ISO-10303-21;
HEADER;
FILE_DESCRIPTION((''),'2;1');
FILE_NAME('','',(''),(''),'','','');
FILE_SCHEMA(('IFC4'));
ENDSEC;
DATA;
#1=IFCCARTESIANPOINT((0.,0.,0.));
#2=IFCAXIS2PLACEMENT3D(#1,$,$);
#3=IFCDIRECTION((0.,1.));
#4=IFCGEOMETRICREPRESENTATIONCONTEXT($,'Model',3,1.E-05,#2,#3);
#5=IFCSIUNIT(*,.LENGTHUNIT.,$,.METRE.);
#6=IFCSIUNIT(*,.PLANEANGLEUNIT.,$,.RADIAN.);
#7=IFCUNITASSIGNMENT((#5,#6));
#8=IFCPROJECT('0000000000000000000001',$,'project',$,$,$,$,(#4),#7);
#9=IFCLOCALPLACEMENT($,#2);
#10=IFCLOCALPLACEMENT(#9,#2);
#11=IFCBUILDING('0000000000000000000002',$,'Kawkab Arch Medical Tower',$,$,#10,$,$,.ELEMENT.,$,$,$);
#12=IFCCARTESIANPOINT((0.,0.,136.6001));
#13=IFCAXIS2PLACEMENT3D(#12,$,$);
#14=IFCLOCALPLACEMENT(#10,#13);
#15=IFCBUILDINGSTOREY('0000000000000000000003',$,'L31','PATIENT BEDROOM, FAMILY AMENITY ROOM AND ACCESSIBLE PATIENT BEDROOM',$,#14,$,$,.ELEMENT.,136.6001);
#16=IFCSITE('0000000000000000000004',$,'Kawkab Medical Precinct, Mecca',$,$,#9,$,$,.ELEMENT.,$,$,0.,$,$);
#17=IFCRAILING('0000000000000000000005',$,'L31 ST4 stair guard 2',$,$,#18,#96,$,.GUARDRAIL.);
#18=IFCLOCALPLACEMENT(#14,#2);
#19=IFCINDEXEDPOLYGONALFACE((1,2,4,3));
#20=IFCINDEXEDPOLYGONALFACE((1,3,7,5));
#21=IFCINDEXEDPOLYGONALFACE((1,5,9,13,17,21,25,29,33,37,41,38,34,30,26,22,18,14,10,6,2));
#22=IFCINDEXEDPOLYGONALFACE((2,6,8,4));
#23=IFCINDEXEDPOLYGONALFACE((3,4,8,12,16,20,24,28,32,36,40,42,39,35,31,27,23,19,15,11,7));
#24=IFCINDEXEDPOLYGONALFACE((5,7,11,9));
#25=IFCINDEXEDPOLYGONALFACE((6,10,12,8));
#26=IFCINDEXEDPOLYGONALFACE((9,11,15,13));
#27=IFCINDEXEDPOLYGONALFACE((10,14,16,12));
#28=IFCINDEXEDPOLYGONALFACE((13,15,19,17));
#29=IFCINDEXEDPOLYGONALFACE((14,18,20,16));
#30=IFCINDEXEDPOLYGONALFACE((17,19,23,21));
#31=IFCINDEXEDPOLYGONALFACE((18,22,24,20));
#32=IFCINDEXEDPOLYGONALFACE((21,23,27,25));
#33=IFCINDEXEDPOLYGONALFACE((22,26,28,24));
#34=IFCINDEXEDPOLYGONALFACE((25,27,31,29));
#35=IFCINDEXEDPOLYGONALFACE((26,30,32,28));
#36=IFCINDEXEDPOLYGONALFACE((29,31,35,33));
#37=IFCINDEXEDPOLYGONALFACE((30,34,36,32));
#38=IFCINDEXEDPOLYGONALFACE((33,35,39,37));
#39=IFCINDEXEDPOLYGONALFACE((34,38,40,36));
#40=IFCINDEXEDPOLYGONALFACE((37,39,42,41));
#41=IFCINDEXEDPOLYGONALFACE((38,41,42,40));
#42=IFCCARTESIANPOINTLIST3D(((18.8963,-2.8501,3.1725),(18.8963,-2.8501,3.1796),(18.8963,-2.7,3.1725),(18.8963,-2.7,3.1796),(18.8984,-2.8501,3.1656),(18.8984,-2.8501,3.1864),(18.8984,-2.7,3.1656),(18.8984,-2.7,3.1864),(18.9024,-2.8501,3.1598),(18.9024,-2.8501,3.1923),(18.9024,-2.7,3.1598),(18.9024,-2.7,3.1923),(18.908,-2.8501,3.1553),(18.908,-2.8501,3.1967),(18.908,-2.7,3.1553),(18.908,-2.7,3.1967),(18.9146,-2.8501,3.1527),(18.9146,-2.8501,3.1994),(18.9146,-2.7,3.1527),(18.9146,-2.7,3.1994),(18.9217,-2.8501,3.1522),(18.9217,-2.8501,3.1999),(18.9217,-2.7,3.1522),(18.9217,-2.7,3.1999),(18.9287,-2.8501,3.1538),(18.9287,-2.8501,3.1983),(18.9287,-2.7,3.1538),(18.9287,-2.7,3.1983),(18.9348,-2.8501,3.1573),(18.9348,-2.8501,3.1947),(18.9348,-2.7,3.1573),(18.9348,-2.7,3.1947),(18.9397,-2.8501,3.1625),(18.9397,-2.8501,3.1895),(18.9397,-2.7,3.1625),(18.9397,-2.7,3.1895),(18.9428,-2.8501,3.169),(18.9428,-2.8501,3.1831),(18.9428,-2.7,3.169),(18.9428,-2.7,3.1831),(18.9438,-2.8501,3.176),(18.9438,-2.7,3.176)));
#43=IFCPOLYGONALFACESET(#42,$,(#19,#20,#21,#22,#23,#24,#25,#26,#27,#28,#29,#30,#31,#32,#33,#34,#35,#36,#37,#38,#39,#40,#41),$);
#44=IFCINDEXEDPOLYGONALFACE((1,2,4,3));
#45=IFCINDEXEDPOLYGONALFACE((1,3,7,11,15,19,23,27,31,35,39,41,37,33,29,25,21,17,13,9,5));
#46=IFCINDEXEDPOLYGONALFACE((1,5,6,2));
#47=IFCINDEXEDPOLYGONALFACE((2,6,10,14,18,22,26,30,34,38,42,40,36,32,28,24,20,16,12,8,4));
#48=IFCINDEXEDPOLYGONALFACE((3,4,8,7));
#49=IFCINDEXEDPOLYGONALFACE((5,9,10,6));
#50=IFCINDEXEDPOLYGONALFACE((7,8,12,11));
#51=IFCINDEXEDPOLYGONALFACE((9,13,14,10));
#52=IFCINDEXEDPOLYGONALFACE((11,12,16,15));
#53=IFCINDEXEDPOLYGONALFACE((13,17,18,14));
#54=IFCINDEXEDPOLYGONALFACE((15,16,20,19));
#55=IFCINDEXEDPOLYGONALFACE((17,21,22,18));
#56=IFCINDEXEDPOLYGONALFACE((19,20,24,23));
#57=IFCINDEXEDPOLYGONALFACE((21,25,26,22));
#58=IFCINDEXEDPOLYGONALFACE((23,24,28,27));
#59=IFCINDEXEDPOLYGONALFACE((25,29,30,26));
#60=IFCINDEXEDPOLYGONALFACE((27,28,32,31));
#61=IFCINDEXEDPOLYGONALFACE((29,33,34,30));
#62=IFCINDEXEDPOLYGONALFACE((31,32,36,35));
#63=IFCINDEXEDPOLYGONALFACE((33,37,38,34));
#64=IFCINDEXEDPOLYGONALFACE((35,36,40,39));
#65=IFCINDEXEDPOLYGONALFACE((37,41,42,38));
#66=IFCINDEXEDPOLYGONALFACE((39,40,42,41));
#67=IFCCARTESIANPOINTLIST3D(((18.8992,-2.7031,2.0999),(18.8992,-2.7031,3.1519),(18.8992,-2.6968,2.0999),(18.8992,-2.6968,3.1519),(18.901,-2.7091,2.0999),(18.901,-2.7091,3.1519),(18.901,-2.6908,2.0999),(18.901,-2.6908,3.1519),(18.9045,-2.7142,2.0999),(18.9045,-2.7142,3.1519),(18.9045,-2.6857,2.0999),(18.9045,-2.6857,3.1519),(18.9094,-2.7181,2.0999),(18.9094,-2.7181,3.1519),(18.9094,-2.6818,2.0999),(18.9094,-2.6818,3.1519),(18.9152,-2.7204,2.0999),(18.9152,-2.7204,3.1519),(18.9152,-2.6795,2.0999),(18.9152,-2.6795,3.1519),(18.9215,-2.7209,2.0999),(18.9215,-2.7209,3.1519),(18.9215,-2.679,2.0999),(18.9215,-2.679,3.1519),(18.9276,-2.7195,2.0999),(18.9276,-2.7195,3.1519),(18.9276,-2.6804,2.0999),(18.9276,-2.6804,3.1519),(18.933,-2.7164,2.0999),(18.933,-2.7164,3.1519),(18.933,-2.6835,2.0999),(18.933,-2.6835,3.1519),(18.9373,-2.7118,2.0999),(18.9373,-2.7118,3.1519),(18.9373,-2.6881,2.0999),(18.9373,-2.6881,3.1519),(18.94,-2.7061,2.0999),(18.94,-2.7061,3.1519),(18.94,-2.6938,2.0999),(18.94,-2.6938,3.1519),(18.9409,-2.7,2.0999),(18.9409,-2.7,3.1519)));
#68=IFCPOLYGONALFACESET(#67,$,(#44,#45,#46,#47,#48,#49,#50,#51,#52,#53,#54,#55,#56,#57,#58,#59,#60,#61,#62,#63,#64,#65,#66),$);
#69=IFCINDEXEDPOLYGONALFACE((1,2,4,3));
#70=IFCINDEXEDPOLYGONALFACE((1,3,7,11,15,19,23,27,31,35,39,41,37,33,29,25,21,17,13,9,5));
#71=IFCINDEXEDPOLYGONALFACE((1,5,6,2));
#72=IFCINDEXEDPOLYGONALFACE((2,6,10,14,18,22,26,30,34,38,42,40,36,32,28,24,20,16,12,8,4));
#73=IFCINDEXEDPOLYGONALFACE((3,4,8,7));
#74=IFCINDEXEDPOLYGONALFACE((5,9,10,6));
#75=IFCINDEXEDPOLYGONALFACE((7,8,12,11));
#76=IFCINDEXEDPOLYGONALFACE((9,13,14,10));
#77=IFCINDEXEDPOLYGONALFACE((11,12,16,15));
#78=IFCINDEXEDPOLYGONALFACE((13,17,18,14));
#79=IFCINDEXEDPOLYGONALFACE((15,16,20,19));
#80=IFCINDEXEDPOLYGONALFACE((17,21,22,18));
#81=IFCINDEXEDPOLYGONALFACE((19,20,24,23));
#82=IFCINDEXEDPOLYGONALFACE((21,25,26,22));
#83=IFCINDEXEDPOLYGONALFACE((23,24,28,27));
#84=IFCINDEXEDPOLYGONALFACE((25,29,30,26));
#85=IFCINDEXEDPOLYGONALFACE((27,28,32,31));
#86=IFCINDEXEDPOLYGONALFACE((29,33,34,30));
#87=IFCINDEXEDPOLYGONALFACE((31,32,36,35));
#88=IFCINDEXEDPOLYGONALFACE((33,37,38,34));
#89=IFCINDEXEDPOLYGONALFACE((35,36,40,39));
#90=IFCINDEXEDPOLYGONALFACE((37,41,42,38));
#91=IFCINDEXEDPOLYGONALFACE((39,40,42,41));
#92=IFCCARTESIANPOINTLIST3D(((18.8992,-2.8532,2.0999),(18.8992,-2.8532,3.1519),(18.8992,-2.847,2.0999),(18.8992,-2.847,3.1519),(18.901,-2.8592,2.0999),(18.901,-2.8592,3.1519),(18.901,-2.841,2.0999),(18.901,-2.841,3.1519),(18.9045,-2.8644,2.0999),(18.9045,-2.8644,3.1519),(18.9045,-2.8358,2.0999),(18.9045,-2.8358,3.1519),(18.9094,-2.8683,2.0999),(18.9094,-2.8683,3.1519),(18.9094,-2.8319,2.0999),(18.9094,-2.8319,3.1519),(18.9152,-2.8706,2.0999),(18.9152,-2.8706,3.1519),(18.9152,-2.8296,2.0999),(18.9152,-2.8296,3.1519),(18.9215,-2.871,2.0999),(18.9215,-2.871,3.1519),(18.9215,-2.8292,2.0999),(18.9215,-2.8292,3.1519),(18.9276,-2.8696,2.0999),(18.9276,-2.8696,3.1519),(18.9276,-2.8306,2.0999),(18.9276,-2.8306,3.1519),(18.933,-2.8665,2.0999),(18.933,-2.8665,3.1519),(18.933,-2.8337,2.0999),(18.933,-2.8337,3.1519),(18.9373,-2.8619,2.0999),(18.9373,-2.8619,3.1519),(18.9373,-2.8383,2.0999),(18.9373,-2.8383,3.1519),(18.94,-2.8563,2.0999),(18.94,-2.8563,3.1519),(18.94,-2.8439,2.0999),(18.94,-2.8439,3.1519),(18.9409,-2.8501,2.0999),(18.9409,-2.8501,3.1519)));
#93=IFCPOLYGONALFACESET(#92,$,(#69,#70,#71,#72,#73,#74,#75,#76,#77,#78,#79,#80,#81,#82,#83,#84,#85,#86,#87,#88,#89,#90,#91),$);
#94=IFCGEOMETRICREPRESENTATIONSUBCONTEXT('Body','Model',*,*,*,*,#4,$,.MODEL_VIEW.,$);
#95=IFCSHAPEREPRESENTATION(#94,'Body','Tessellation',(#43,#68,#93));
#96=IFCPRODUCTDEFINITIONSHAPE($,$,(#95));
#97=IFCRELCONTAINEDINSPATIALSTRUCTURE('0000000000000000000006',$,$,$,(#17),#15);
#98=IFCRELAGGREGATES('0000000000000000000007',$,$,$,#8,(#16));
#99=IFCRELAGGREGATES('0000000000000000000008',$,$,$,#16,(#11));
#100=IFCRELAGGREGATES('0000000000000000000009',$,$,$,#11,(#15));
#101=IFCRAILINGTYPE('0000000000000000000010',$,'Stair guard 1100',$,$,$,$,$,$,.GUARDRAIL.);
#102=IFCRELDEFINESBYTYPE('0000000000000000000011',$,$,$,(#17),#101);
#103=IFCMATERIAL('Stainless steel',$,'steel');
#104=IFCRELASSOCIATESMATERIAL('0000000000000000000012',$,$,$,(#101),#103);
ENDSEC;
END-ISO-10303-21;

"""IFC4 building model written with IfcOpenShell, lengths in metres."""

from ifc_helpers import new_model, si_unit, direction, frame, origin, origin_2d, place, context, subcontext, project, spatial, circle, extrude, material, type_object, element, save


model = new_model("IFC4")

# Units and contexts
model_context = context("Model", 3, precision=1e-05, world=origin(), true_north=direction((0.0, 1.0)))
body_context = subcontext(model_context, "Body", "Model", "MODEL_VIEW")
ifc_project = project(units=[si_unit("LENGTHUNIT", "METRE"), si_unit("PLANEANGLEUNIT", "RADIAN")], contexts=[model_context])

# Site, building, storey
site_placement = place(None, origin())
site = spatial("IfcSite", under=ifc_project, at=site_placement, Name="Kawkab Medical Precinct, Mecca", CompositionType="ELEMENT", RefElevation=0.0)
building_placement = place(site_placement, origin())
building = spatial("IfcBuilding", under=site, at=building_placement, Name="Kawkab Arch Medical Tower", CompositionType="ELEMENT")
storey_placement = place(building_placement, frame((0.0, 0.0, 136.6001)))
storey = spatial("IfcBuildingStorey", under=building, at=storey_placement, Name="L31", Description="PATIENT BEDROOM, FAMILY AMENITY ROOM AND ACCESSIBLE PATIENT BEDROOM", CompositionType="ELEMENT", Elevation=136.6001)

# Railing
ifc_material_1 = material(Name="Stainless steel", Category="steel")
railing_type_1 = type_object("IfcRailingType", Name="Stair guard 1100", PredefinedType="GUARDRAIL", material=ifc_material_1)
railing_1_placement = place(storey_placement, frame((18.9199, -2.7, 2.0999)))
element("IfcRailing", 1, at=railing_1_placement, inside=storey, type_object=railing_type_1, Name="L31 ST4 stair guard 2", PredefinedType="GUARDRAIL", context=body_context, shape_type="SweptSolid", body=[
    extrude(circle(Radius=0.0239, at=origin_2d()), frame((0.0, 0.0, 1.0762), z_axis=(0.0, -1.0, 0.0), x_axis=(1.0, 0.0, 0.0)), (0.0, 0.0, 1.0), 0.1501),
    extrude(circle(Radius=0.021, at=origin_2d()), origin(), (0.0, 0.0, 1.0), 1.052),
    extrude(circle(Radius=0.021, at=origin_2d()), frame((0.0, -0.1501, 0.0)), (0.0, 0.0, 1.0), 1.052),
])

save(model, "model.ifc")
